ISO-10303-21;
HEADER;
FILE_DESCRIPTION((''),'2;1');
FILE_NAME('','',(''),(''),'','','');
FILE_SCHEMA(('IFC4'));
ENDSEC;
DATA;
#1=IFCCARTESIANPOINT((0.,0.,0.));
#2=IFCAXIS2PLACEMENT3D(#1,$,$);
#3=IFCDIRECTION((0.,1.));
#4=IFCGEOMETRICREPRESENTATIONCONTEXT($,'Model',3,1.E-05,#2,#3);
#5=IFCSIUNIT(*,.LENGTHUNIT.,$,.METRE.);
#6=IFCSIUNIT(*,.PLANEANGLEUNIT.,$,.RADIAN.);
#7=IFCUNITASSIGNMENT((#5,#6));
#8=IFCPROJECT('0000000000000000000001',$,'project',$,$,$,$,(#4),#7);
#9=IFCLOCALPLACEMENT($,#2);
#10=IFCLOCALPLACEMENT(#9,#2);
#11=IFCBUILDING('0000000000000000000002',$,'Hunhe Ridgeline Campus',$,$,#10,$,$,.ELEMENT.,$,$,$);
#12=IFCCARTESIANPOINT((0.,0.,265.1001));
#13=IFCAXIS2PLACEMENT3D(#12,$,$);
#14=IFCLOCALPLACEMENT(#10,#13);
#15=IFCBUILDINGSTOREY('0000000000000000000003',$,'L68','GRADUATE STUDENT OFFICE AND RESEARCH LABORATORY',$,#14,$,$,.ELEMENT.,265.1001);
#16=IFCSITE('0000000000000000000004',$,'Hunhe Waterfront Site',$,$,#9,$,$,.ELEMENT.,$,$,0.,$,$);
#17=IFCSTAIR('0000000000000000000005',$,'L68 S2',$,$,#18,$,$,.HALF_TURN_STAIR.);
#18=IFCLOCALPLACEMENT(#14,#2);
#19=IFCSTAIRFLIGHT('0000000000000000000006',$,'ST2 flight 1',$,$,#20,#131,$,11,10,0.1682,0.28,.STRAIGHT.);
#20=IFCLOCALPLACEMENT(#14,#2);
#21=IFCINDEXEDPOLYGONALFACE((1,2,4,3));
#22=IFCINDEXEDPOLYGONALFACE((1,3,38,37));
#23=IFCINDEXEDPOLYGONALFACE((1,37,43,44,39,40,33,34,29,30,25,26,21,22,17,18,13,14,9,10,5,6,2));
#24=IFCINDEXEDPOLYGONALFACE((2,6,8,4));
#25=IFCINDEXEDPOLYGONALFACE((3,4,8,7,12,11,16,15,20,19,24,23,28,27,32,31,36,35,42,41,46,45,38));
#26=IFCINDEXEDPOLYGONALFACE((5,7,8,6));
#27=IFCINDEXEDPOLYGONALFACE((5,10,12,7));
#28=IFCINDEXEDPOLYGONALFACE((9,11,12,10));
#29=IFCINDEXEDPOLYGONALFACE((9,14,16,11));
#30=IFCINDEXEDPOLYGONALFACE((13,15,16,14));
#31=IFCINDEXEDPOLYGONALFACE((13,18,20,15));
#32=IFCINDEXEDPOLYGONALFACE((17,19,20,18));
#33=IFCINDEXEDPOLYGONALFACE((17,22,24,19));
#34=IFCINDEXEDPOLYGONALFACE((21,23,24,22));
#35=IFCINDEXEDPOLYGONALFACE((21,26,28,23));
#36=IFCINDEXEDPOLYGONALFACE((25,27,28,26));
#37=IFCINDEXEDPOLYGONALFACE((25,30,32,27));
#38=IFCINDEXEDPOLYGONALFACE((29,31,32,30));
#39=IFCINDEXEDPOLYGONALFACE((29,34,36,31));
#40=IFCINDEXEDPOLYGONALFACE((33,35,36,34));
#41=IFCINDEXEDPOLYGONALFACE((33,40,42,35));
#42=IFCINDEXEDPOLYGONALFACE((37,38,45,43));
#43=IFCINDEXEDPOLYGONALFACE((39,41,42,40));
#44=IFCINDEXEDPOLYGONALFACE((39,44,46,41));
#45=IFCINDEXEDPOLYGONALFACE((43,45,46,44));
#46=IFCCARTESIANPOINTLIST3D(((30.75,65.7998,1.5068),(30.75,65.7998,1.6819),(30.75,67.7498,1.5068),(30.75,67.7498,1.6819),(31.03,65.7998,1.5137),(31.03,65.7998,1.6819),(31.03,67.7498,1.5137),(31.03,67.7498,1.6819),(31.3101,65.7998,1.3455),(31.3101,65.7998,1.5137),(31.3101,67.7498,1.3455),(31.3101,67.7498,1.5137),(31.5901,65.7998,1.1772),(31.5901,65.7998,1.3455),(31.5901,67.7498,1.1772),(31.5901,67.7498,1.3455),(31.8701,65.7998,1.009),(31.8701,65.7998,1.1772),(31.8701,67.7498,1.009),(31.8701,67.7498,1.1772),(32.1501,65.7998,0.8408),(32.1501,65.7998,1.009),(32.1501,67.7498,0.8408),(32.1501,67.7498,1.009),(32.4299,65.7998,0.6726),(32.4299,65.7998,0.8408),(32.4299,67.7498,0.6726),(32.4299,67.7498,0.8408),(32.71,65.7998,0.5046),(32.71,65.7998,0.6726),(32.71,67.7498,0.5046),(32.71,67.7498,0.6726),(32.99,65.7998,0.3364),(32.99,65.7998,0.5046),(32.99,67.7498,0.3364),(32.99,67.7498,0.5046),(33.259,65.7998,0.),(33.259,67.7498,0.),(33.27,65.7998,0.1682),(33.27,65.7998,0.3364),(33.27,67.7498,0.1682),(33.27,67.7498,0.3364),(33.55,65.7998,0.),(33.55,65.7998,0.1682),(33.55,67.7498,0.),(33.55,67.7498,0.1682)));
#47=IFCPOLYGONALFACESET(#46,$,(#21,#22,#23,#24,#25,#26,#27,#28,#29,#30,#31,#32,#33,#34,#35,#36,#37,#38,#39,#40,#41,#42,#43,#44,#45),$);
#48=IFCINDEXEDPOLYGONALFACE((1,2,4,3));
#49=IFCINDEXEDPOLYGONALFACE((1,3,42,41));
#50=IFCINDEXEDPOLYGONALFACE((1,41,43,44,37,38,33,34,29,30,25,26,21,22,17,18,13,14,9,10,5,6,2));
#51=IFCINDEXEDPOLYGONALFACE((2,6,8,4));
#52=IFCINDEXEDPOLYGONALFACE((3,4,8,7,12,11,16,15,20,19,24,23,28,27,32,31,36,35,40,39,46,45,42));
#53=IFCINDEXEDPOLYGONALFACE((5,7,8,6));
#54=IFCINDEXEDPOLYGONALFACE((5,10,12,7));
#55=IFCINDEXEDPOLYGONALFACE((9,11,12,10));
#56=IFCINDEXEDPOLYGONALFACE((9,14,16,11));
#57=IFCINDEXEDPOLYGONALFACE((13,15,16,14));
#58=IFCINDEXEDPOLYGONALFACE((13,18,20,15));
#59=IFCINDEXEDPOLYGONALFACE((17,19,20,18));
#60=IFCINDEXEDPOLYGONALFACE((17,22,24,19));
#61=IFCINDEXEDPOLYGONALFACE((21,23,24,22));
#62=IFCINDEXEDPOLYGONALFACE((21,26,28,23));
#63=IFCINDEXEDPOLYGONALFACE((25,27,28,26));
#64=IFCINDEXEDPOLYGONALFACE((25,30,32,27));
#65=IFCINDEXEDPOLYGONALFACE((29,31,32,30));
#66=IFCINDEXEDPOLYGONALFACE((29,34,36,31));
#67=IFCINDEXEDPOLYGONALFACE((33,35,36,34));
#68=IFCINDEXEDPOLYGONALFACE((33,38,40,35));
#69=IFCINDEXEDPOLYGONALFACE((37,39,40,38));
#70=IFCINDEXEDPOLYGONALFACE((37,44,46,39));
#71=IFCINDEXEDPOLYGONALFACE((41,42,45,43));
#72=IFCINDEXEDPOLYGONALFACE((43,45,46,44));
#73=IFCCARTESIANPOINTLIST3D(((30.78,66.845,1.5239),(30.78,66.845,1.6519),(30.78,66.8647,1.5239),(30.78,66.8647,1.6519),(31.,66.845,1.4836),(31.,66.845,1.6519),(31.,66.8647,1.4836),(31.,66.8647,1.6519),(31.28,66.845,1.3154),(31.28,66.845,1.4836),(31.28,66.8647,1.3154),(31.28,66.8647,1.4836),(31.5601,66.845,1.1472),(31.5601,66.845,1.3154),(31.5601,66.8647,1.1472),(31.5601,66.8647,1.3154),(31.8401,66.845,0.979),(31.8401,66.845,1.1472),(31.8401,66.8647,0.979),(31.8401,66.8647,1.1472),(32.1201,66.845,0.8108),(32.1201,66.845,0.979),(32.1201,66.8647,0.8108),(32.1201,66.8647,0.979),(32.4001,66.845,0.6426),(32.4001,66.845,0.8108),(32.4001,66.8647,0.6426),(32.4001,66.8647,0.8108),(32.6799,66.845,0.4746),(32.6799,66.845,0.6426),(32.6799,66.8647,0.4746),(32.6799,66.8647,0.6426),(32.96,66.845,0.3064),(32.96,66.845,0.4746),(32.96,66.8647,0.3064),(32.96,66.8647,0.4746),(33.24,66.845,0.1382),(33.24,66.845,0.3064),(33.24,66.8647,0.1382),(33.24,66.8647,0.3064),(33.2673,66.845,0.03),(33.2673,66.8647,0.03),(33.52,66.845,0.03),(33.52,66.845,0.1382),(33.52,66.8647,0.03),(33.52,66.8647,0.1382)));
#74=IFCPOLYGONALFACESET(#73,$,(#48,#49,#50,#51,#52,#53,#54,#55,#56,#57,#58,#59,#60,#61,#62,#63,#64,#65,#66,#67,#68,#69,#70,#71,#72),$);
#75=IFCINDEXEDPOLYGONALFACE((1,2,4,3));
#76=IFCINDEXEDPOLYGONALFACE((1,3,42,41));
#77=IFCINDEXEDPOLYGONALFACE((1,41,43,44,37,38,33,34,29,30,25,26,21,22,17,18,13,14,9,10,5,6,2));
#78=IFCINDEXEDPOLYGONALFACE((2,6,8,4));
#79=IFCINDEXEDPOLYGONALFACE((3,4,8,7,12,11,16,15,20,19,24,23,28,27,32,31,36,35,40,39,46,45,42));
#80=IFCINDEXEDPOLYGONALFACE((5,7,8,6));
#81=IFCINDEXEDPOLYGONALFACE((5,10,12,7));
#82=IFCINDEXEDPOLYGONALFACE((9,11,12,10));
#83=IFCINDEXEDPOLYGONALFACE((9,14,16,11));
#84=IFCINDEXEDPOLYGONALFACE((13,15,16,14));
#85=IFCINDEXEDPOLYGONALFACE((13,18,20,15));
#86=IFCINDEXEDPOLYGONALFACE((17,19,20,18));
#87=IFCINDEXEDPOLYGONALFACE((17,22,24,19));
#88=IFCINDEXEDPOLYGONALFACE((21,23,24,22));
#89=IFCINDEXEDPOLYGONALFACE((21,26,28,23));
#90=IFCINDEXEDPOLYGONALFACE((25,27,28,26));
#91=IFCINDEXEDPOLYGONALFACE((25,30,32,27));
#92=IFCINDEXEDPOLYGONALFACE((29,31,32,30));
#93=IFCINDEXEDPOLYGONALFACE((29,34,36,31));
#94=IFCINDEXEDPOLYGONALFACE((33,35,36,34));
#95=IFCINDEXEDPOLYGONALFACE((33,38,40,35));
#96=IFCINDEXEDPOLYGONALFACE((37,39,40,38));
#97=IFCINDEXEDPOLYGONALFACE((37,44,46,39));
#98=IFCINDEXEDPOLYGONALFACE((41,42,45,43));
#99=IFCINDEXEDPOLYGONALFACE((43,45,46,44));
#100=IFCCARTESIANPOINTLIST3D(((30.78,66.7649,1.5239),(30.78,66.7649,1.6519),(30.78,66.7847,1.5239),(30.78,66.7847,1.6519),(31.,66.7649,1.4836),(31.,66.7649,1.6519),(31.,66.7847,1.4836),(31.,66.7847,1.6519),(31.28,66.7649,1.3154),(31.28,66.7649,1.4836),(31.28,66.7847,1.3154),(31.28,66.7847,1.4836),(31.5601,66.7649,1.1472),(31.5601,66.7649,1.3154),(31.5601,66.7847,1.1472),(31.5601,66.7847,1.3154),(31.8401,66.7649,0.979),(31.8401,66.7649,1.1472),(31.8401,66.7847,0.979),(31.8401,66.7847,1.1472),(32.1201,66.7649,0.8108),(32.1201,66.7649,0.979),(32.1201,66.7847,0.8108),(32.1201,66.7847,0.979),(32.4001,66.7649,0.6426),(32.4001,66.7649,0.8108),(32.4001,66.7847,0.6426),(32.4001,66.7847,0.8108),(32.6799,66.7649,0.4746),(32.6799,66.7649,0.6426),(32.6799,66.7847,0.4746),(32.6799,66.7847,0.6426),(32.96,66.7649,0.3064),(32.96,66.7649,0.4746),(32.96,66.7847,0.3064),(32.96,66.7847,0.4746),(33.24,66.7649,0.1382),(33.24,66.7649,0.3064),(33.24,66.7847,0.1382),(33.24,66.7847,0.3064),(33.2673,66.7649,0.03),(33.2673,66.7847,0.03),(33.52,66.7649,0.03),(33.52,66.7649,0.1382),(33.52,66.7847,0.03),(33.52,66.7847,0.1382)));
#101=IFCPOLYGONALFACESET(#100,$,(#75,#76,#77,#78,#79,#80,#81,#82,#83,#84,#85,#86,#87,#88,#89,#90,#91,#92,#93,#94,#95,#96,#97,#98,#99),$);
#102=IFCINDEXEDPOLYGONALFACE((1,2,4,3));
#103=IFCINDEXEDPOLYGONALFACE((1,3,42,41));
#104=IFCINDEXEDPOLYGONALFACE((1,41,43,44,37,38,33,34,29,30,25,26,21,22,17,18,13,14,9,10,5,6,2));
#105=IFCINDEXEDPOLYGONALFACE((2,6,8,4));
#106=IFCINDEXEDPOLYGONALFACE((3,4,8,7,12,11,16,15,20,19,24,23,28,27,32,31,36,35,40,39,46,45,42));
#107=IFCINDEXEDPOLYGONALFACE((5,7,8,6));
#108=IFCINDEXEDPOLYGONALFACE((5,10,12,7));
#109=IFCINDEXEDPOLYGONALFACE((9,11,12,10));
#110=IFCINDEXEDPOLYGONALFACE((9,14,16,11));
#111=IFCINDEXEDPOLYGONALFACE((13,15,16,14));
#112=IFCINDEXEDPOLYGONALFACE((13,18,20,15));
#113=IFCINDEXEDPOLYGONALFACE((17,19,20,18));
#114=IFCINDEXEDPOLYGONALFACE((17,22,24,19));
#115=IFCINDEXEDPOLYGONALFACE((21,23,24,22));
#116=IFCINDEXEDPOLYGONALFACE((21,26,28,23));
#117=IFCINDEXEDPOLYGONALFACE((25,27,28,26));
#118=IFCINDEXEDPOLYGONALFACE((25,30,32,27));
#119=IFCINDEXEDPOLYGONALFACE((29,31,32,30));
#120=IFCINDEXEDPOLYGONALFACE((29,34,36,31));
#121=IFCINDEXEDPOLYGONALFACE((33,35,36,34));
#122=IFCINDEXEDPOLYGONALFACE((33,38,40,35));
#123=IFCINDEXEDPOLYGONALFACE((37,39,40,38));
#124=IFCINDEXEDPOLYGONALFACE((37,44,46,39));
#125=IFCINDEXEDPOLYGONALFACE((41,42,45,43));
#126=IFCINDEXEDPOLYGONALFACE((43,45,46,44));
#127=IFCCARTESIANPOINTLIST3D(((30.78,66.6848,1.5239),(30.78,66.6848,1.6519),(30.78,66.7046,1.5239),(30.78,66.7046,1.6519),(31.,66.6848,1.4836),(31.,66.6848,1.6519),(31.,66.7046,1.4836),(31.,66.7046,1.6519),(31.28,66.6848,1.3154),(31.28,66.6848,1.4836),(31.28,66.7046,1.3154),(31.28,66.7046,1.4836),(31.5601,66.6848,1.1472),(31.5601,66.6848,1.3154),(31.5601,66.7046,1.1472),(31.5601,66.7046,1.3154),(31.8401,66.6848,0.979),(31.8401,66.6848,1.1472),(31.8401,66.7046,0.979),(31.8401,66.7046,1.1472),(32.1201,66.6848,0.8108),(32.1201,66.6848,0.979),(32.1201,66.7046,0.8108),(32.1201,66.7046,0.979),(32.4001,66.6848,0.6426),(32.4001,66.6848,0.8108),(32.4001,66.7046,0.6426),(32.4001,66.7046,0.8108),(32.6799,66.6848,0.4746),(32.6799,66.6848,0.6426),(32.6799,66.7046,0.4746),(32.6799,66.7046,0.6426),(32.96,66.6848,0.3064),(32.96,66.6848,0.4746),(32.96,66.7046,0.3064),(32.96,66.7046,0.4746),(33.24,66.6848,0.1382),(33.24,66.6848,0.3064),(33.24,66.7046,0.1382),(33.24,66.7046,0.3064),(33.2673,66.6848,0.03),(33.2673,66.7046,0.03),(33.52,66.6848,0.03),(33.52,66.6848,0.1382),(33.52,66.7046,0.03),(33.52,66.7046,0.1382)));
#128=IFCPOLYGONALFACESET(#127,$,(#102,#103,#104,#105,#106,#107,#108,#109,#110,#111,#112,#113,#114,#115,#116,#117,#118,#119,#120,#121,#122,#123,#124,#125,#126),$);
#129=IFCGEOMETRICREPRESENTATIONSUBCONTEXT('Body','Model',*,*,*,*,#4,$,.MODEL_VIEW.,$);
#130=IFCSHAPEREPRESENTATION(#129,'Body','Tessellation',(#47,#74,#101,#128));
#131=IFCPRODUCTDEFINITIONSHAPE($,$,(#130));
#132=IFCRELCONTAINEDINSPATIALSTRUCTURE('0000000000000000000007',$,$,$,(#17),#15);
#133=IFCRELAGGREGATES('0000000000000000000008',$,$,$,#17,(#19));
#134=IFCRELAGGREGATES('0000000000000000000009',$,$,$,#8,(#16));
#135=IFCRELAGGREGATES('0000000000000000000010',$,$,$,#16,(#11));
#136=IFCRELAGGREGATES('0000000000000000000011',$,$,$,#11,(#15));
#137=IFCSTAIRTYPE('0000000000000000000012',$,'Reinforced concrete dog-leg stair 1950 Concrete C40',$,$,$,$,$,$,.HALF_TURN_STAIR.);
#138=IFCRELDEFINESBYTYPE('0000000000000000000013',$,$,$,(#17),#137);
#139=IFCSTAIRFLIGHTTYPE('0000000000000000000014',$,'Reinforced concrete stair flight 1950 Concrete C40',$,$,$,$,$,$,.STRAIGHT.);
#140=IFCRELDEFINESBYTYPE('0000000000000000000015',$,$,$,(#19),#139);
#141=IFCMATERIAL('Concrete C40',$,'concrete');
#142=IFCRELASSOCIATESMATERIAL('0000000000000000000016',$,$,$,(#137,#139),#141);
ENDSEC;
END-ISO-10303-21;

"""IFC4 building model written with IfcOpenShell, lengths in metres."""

from ifc_helpers import new_model, si_unit, direction, frame, origin, place, context, subcontext, project, spatial, polyline, outline, extrude, material, type_object, element, aggregate, save


model = new_model("IFC4")

# Units and contexts
model_context = context("Model", 3, precision=1e-05, world=origin(), true_north=direction((0.0, 1.0)))
body_context = subcontext(model_context, "Body", "Model", "MODEL_VIEW")
ifc_project = project(units=[si_unit("LENGTHUNIT", "METRE"), si_unit("PLANEANGLEUNIT", "RADIAN")], contexts=[model_context])

# Site, building, storey
site_placement = place(None, origin())
site = spatial("IfcSite", under=ifc_project, at=site_placement, Name="Hunhe Waterfront Site", CompositionType="ELEMENT", RefElevation=0.0)
building_placement = place(site_placement, origin())
building = spatial("IfcBuilding", under=site, at=building_placement, Name="Hunhe Ridgeline Campus", CompositionType="ELEMENT")
storey_placement = place(building_placement, frame((0.0, 0.0, 265.1001)))
storey = spatial("IfcBuildingStorey", under=building, at=storey_placement, Name="L68", Description="GRADUATE STUDENT OFFICE AND RESEARCH LABORATORY", CompositionType="ELEMENT", Elevation=265.1001)

# Stair, stair flight
ifc_material_1 = material(Name="Concrete C40", Category="concrete")
stair_type = type_object("IfcStairType", Name="Reinforced concrete dog-leg stair 1950 Concrete C40", PredefinedType="HALF_TURN_STAIR", material=ifc_material_1)
stair_placement = place(storey_placement, origin())
stair = element("IfcStair", 1, at=stair_placement, inside=storey, type_object=stair_type, Name="L68 S2", PredefinedType="HALF_TURN_STAIR")
stair_flight_type = type_object("IfcStairFlightType", Name="Reinforced concrete stair flight 1950 Concrete C40", PredefinedType="STRAIGHT", material=ifc_material_1)
stair_flight_1_placement = place(storey_placement, frame((33.55, 66.7749, 0.0), z_axis=(0.0, 0.0, 1.0), x_axis=(-1.0, 0.0, 0.0)))
stair_flight_1 = element("IfcStairFlight", 2, at=stair_flight_1_placement, type_object=stair_flight_type, Name="ST2 flight 1", NumberOfRisers=11, NumberOfTreads=10, PredefinedType="STRAIGHT", RiserHeight=0.1682, TreadLength=0.28, context=body_context, shape_type="SweptSolid", body=[
    extrude(outline(polyline([(0.0, 0.0), (0.0, 0.1682), (0.28, 0.1682), (0.28, 0.3364), (0.5601, 0.3364), (0.5601, 0.5046), (0.8401, 0.5046), (0.8401, 0.6726), (1.1201, 0.6726), (1.1201, 0.8408), (1.3999, 0.8408), (1.3999, 1.009), (1.6799, 1.009), (1.6799, 1.1772), (1.96, 1.1772), (1.96, 1.3455), (2.24, 1.3455), (2.24, 1.5137), (2.52, 1.5137), (2.52, 1.6819), (2.8, 1.6819), (2.8, 1.8501), (2.8, 1.5068), (0.291, 0.0), (0.0, 0.0)])), frame((0.0, 0.9751, 0.0), z_axis=(0.0, -1.0, 0.0), x_axis=(1.0, 0.0, 0.0)), (0.0, 0.0, 1.0), 1.95),
    extrude(outline(polyline([(0.03, 0.03), (0.03, 0.1382), (0.3101, 0.1382), (0.3101, 0.3064), (0.5901, 0.3064), (0.5901, 0.4746), (0.8701, 0.4746), (0.8701, 0.6426), (1.1499, 0.6426), (1.1499, 0.8108), (1.4299, 0.8108), (1.4299, 0.979), (1.71, 0.979), (1.71, 1.1472), (1.99, 1.1472), (1.99, 1.3154), (2.27, 1.3154), (2.27, 1.4836), (2.55, 1.4836), (2.55, 1.6519), (2.77, 1.6519), (2.77, 1.5239), (0.2827, 0.03), (0.03, 0.03)])), frame((0.0, -0.0701, 0.0), z_axis=(0.0, -1.0, 0.0), x_axis=(1.0, 0.0, 0.0)), (0.0, 0.0, 1.0), 0.0198),
    extrude(outline(polyline([(0.03, 0.03), (0.03, 0.1382), (0.3101, 0.1382), (0.3101, 0.3064), (0.5901, 0.3064), (0.5901, 0.4746), (0.8701, 0.4746), (0.8701, 0.6426), (1.1499, 0.6426), (1.1499, 0.8108), (1.4299, 0.8108), (1.4299, 0.979), (1.71, 0.979), (1.71, 1.1472), (1.99, 1.1472), (1.99, 1.3154), (2.27, 1.3154), (2.27, 1.4836), (2.55, 1.4836), (2.55, 1.6519), (2.77, 1.6519), (2.77, 1.5239), (0.2827, 0.03), (0.03, 0.03)])), frame((0.0, 0.01, 0.0), z_axis=(0.0, -1.0, 0.0), x_axis=(1.0, 0.0, 0.0)), (0.0, 0.0, 1.0), 0.0198),
    extrude(outline(polyline([(0.03, 0.03), (0.03, 0.1382), (0.3101, 0.1382), (0.3101, 0.3064), (0.5901, 0.3064), (0.5901, 0.4746), (0.8701, 0.4746), (0.8701, 0.6426), (1.1499, 0.6426), (1.1499, 0.8108), (1.4299, 0.8108), (1.4299, 0.979), (1.71, 0.979), (1.71, 1.1472), (1.99, 1.1472), (1.99, 1.3154), (2.27, 1.3154), (2.27, 1.4836), (2.55, 1.4836), (2.55, 1.6519), (2.77, 1.6519), (2.77, 1.5239), (0.2827, 0.03), (0.03, 0.03)])), frame((0.0, 0.0901, 0.0), z_axis=(0.0, -1.0, 0.0), x_axis=(1.0, 0.0, 0.0)), (0.0, 0.0, 1.0), 0.0198),
])
aggregate(stair, [stair_flight_1])

save(model, "model.ifc")
